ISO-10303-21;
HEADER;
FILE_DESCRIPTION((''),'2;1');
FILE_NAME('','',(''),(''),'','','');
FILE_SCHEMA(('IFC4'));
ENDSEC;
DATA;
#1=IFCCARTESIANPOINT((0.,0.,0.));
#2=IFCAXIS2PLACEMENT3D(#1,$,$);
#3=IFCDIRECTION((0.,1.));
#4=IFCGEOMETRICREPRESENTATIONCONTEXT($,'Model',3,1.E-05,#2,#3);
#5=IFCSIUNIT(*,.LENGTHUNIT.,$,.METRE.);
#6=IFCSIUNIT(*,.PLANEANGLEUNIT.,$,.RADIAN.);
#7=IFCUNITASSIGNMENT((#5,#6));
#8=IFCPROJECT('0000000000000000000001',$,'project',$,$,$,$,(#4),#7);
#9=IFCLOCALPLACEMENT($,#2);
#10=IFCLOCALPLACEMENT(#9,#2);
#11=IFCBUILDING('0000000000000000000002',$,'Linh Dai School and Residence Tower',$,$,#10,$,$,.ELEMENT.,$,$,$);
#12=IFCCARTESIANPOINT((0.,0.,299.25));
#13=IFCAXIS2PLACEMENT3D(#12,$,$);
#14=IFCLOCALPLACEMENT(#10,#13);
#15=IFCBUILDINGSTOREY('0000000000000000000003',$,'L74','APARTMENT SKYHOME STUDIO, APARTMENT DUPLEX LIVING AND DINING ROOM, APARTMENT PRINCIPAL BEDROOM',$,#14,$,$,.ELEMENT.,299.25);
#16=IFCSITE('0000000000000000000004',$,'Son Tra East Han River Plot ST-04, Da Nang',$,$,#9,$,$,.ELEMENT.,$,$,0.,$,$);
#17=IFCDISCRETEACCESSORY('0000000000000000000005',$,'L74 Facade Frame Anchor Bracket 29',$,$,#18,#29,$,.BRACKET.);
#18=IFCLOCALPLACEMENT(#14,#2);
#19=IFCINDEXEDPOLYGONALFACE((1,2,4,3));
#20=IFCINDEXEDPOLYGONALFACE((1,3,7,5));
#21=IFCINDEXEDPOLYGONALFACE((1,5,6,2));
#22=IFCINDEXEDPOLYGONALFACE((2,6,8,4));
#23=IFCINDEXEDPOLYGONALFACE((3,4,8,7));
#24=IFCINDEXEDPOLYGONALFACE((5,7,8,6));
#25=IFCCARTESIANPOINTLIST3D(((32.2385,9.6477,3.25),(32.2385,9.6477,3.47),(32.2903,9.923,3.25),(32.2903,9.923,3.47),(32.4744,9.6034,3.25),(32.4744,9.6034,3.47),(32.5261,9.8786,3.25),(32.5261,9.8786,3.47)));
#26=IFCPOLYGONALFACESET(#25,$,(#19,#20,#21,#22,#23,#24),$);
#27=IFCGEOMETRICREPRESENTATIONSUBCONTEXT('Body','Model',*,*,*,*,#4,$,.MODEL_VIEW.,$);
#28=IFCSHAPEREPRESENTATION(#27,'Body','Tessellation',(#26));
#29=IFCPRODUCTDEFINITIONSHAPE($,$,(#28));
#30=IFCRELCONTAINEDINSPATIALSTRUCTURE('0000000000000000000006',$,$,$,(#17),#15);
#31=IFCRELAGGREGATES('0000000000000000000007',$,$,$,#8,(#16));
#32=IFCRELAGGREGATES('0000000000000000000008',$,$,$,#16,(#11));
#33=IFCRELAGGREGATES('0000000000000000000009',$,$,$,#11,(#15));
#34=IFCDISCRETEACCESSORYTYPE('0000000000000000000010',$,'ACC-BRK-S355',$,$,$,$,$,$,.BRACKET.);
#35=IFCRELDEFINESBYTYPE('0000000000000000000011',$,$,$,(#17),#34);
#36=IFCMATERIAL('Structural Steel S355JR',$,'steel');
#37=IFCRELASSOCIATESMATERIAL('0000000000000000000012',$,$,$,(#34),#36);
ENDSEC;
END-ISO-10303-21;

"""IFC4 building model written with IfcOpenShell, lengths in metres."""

from ifc_helpers import new_model, si_unit, direction, frame, origin, origin_2d, place, context, subcontext, project, spatial, rectangle, extrude, source, transform, mapped, material, type_object, element, save


model = new_model("IFC4")

# Units and contexts
model_context = context("Model", 3, precision=1e-05, world=origin(), true_north=direction((0.0, 1.0)))
body_context = subcontext(model_context, "Body", "Model", "MODEL_VIEW")
ifc_project = project(units=[si_unit("LENGTHUNIT", "METRE"), si_unit("PLANEANGLEUNIT", "RADIAN")], contexts=[model_context])

# Site, building, storey
site_placement = place(None, origin())
site = spatial("IfcSite", under=ifc_project, at=site_placement, Name="Son Tra East Han River Plot ST-04, Da Nang", CompositionType="ELEMENT", RefElevation=0.0)
building_placement = place(site_placement, origin())
building = spatial("IfcBuilding", under=site, at=building_placement, Name="Linh Dai School and Residence Tower", CompositionType="ELEMENT")
storey_placement = place(building_placement, frame((0.0, 0.0, 299.25)))
storey = spatial("IfcBuildingStorey", under=building, at=storey_placement, Name="L74", Description="APARTMENT SKYHOME STUDIO, APARTMENT DUPLEX LIVING AND DINING ROOM, APARTMENT PRINCIPAL BEDROOM", CompositionType="ELEMENT", Elevation=299.25)

# Shared definitions
ifc_material_1 = material(Name="Structural Steel S355JR", Category="steel")

# Discrete accessory
discrete_accessory_type = type_object("IfcDiscreteAccessoryType", Name="ACC-BRK-S355", PredefinedType="BRACKET", material=ifc_material_1)
shared_shape_1 = source(origin(), body_context, "Body", "SweptSolid", [
    extrude(rectangle(XDim=0.28, YDim=0.24, at=origin_2d()), origin(), (0.0, 0.0, 1.0), 0.22),
])
discrete_accessory_placement = place(storey_placement, frame((32.3823, 9.7632, 3.25), z_axis=(0.0, 0.0, 1.0), x_axis=(-0.184751, -0.982785, 0.0)))
element("IfcDiscreteAccessory", 1, at=discrete_accessory_placement, inside=storey, type_object=discrete_accessory_type, Name="L74 Facade Frame Anchor Bracket 29", PredefinedType="BRACKET", context=body_context, shape_type="MappedRepresentation", body=[
    mapped(shared_shape_1, transform((0.0, 0.0, 0.0), x_axis=(1.0, 0.0, 0.0), y_axis=(0.0, 1.0, 0.0), z_axis=(0.0, 0.0, 1.0), scale=1.0)),
])

save(model, "model.ifc")
